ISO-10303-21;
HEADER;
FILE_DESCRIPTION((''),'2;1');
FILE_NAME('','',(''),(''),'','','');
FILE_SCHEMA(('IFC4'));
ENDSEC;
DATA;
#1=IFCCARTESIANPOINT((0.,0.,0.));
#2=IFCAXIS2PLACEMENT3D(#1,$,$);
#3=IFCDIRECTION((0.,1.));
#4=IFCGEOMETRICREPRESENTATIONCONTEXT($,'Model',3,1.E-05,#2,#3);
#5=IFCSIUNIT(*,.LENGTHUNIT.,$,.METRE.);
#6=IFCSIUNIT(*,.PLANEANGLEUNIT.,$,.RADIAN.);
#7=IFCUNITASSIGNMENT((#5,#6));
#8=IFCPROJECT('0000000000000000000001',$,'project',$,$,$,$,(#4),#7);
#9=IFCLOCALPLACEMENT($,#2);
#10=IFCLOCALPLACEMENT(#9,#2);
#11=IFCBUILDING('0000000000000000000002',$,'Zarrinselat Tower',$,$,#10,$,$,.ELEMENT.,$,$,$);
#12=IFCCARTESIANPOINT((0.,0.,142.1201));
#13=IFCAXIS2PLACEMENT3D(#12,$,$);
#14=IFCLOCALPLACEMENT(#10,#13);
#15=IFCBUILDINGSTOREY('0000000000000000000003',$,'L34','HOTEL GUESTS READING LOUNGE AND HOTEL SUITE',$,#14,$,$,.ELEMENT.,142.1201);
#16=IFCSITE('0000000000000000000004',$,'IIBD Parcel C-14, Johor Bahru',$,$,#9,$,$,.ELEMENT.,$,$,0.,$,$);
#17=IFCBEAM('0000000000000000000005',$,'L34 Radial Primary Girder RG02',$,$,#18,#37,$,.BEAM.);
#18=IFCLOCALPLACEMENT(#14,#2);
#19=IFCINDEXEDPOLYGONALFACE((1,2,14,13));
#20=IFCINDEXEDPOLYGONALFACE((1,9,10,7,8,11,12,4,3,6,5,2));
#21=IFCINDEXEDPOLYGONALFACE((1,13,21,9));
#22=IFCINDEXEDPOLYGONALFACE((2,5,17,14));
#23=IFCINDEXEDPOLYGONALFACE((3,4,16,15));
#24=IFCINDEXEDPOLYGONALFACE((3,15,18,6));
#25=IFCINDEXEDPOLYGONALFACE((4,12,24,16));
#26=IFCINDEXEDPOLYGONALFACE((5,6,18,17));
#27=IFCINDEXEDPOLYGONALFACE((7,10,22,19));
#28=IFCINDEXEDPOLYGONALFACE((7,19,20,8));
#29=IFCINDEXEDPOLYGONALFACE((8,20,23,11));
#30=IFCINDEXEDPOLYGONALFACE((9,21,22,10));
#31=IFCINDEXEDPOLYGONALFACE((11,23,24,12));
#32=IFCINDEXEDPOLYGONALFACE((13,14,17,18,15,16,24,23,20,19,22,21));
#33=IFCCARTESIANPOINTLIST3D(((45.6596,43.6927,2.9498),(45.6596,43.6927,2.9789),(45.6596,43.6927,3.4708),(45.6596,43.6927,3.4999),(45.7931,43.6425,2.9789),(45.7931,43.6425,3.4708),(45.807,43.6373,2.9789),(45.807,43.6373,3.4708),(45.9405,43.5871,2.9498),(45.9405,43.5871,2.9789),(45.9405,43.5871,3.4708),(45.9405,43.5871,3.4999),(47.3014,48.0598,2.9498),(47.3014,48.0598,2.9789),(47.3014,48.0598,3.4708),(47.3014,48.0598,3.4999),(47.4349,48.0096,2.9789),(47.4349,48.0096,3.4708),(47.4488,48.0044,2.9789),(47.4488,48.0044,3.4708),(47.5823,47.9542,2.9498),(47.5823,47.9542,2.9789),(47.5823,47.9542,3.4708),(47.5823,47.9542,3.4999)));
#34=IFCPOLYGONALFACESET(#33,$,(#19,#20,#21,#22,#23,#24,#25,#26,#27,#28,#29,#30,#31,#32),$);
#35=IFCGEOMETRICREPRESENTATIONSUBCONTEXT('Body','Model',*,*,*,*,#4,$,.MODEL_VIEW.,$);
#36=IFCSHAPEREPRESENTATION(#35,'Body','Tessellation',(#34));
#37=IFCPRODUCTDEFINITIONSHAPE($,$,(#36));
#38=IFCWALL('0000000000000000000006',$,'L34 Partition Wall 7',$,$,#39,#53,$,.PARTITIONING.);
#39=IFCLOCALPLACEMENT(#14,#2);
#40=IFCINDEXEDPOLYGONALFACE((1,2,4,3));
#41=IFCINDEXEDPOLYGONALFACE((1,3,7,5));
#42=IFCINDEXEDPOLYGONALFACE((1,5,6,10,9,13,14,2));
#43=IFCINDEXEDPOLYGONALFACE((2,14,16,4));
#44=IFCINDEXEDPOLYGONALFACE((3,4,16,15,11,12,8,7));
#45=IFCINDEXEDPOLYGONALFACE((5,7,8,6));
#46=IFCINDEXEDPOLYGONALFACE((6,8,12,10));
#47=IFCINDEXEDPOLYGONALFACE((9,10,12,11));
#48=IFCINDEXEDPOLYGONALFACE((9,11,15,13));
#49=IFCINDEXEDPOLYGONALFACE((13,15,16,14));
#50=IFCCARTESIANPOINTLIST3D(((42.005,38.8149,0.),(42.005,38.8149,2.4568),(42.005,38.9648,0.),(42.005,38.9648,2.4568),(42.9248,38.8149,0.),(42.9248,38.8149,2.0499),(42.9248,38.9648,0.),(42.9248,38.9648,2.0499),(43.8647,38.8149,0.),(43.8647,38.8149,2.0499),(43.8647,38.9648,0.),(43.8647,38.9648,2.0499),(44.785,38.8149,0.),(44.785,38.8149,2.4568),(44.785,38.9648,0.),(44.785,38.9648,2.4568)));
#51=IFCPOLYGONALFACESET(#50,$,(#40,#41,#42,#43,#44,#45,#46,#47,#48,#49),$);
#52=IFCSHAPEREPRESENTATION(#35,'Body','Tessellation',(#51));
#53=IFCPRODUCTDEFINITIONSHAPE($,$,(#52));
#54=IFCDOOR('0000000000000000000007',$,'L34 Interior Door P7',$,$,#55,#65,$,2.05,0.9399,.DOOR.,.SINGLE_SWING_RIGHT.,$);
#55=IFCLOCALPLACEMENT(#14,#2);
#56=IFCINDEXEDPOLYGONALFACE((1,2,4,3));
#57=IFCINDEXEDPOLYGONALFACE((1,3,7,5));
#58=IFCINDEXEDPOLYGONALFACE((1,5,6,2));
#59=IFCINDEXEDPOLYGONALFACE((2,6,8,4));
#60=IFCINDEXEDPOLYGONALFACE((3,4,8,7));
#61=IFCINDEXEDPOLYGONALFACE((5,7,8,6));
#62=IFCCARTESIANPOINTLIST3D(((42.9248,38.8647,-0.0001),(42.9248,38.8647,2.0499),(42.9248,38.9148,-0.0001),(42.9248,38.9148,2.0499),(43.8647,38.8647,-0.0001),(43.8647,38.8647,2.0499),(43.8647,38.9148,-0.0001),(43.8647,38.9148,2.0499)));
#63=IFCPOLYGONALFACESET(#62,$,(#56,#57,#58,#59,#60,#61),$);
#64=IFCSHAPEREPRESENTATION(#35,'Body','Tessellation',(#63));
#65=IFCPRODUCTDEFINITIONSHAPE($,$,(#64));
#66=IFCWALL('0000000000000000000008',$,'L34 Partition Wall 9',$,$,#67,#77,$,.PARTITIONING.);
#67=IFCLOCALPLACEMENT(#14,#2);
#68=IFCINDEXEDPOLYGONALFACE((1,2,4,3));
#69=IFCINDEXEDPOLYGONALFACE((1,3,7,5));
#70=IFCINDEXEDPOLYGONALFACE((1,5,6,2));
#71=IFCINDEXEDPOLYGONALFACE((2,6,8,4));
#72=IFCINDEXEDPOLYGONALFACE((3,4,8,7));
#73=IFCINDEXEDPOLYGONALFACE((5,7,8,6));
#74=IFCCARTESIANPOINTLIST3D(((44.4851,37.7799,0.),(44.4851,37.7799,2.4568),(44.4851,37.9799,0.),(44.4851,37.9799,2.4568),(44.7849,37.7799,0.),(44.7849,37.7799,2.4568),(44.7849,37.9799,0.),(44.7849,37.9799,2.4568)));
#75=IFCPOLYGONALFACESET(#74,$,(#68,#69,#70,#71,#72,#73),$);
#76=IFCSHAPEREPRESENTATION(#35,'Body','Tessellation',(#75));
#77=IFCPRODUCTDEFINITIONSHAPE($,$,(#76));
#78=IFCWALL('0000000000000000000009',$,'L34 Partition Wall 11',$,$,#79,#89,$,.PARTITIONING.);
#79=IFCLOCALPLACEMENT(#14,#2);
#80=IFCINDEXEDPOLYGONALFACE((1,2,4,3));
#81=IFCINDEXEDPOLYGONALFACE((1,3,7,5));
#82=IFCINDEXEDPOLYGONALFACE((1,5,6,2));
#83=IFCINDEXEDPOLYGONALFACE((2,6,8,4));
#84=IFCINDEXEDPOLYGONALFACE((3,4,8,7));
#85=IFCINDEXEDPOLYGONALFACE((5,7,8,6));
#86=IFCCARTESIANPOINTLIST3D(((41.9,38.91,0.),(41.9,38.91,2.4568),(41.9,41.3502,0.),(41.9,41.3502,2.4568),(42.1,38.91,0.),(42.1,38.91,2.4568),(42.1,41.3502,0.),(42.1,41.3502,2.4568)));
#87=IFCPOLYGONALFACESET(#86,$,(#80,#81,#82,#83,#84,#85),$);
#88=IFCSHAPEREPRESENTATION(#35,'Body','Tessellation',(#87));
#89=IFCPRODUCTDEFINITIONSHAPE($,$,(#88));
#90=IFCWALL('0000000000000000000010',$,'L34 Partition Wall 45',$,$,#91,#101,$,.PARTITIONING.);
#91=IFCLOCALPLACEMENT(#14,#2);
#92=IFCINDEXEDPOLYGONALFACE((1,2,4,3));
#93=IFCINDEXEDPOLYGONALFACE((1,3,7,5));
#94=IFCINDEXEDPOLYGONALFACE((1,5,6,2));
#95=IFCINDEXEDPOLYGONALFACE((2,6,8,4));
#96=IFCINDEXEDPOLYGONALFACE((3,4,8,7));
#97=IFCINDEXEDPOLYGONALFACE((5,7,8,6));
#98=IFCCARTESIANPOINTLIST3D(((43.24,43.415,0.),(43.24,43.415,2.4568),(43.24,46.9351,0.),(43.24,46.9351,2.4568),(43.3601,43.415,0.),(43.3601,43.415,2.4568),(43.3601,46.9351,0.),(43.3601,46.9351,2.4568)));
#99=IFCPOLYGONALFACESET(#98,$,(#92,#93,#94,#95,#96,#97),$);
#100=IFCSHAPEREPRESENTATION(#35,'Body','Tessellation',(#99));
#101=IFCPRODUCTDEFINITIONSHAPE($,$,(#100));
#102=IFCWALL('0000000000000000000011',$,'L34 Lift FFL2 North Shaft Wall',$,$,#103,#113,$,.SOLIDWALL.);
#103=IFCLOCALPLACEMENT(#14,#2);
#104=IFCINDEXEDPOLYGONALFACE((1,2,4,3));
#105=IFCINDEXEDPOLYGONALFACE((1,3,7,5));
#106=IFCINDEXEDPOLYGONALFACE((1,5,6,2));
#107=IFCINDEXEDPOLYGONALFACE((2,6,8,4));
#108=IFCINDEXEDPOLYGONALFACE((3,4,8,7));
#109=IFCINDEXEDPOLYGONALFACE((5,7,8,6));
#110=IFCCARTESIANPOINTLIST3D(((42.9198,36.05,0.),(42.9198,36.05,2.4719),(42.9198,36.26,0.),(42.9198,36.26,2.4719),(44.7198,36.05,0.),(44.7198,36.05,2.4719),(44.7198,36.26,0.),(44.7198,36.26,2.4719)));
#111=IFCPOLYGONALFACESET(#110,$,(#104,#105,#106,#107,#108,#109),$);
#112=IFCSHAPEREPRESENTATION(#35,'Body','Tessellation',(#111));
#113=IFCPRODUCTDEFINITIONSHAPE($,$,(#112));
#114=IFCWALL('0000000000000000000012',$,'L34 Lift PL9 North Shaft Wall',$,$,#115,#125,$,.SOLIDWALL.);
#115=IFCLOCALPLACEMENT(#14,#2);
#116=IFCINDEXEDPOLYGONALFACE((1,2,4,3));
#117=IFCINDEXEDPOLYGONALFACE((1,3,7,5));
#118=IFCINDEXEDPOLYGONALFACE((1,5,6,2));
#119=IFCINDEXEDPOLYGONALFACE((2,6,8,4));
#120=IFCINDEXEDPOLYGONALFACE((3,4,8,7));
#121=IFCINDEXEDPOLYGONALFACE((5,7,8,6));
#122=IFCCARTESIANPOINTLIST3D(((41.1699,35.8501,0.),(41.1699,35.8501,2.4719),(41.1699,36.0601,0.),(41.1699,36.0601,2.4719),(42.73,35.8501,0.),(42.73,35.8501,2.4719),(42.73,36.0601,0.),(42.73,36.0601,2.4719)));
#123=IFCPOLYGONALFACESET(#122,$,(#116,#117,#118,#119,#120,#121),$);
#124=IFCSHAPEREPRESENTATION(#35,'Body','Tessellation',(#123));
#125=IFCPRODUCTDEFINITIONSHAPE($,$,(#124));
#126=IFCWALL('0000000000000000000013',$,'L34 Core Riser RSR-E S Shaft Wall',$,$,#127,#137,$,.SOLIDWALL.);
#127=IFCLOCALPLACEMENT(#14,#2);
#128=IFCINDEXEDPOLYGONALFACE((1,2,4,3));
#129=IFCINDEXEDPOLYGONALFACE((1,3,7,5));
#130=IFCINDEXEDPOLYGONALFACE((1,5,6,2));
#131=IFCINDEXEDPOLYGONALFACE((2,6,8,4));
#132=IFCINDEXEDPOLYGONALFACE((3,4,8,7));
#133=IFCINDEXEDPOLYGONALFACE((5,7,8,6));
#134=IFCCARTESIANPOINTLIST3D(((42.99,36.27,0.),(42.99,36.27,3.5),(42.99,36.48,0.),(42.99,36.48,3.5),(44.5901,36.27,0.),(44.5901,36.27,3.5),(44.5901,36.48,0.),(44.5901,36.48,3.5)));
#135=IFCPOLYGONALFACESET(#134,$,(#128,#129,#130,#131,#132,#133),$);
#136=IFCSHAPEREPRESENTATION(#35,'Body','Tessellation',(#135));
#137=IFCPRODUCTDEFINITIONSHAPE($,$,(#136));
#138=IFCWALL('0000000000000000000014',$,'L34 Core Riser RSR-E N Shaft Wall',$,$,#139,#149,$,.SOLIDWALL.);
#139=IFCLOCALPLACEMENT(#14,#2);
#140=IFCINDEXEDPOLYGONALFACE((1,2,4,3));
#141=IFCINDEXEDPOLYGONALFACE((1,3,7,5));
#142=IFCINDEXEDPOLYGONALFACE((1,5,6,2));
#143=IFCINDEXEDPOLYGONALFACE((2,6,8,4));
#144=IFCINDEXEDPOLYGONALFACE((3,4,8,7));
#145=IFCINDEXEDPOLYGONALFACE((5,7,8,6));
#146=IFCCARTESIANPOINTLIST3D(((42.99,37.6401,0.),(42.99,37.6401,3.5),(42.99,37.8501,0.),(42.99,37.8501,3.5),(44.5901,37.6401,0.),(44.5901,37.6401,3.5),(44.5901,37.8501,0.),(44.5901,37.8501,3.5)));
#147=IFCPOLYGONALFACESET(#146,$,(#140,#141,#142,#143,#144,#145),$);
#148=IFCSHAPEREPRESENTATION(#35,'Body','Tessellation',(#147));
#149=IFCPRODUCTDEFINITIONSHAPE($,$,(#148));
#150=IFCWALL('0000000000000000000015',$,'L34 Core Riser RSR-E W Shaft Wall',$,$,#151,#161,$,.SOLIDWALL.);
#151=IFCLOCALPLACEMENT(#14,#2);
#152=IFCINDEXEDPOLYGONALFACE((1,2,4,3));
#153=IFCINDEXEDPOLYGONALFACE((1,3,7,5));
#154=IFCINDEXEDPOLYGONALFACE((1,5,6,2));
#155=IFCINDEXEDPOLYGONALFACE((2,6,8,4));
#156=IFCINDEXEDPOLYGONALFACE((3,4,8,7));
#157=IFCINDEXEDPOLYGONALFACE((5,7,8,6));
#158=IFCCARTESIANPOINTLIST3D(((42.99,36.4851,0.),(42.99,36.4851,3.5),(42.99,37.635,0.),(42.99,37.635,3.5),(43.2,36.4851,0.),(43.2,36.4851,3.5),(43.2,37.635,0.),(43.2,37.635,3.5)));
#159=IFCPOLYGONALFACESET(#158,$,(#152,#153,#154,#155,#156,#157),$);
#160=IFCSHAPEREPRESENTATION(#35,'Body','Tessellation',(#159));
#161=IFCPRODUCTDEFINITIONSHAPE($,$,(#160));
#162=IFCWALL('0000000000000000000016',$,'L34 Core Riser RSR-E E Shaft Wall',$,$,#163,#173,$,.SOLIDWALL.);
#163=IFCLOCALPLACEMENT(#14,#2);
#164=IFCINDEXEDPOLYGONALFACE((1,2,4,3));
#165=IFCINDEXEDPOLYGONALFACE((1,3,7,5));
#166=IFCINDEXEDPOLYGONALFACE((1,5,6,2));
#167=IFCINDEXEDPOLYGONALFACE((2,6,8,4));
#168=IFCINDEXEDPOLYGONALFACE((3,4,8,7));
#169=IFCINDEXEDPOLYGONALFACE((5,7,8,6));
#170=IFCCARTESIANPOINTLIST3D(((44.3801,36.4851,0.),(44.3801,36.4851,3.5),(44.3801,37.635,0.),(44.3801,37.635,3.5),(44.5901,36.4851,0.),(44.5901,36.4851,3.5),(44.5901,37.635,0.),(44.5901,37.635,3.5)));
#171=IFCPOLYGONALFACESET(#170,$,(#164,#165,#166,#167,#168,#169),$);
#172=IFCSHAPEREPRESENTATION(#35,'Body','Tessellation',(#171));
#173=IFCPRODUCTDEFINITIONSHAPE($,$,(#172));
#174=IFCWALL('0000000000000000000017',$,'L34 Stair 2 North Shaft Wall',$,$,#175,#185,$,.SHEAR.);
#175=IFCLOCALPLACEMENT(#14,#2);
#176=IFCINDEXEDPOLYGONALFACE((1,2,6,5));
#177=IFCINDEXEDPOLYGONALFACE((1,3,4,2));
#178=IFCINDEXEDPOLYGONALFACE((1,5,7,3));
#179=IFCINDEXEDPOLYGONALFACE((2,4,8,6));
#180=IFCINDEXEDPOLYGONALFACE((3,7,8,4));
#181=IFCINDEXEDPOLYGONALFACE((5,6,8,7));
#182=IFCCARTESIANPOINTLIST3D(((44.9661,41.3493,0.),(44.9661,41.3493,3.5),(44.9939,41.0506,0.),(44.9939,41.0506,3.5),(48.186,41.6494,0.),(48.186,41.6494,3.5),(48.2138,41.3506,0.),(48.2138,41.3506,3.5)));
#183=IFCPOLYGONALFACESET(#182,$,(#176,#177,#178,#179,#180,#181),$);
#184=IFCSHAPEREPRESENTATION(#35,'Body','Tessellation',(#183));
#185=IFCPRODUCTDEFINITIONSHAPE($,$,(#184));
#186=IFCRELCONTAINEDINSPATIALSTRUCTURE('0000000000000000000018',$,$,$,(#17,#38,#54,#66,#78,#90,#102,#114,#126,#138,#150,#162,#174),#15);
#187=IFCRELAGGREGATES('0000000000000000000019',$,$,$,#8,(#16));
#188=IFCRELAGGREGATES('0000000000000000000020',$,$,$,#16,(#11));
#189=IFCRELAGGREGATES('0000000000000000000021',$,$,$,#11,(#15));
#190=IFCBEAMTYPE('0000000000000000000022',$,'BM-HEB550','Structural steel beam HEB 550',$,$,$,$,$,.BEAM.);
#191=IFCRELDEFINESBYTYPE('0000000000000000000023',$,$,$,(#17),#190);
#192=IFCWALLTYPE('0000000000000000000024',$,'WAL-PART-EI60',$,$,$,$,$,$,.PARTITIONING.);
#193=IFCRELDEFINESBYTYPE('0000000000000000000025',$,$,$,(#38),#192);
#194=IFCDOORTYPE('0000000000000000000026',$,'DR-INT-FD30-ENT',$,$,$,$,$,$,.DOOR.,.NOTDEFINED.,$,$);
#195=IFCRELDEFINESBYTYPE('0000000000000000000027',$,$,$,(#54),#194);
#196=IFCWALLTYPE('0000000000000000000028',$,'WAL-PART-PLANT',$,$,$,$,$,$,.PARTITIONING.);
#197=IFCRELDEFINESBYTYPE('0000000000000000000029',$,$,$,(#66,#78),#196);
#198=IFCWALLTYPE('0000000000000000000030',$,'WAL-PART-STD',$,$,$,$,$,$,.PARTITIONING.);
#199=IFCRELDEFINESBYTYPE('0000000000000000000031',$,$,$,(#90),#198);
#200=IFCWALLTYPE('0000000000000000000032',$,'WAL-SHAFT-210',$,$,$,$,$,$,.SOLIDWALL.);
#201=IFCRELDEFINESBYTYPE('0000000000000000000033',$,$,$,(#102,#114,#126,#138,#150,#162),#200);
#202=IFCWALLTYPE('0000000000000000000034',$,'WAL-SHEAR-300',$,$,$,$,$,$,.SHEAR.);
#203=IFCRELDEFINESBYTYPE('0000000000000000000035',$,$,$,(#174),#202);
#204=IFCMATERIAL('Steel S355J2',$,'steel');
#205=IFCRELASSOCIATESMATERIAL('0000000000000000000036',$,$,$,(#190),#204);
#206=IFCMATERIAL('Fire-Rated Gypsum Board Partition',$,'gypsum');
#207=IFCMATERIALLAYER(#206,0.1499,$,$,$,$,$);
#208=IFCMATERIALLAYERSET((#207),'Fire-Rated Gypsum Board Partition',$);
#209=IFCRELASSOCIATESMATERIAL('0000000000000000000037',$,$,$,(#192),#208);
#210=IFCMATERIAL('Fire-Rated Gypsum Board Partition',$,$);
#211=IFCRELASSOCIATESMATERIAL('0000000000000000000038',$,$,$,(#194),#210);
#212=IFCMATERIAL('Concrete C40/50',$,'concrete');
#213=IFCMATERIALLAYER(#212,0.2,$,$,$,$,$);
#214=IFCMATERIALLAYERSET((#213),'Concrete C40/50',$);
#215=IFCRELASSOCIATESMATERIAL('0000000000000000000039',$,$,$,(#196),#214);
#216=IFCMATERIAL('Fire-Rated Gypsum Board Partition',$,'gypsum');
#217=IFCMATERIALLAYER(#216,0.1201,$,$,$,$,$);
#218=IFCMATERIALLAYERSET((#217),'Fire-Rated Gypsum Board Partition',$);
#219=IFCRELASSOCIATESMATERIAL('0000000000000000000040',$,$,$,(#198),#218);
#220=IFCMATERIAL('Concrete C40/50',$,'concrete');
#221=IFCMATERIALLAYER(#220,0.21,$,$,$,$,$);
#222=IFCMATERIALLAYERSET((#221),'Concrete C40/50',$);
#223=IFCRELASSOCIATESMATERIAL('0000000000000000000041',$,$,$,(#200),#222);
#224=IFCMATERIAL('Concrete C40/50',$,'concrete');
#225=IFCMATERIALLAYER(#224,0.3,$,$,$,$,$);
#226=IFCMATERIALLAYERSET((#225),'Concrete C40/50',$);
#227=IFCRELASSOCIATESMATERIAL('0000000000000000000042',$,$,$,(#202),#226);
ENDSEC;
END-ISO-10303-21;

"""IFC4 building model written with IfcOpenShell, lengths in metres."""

from ifc_helpers import new_model, si_unit, direction, frame, frame_2d, origin, origin_2d, place, context, subcontext, project, spatial, rectangle, i_section, extrude, material, layer, layer_set, material_profile, profile_set, type_object, element, fill, save


model = new_model("IFC4")

# Units and contexts
model_context = context("Model", 3, precision=1e-05, world=origin(), true_north=direction((0.0, 1.0)))
body_context = subcontext(model_context, "Body", "Model", "MODEL_VIEW")
ifc_project = project(units=[si_unit("LENGTHUNIT", "METRE"), si_unit("PLANEANGLEUNIT", "RADIAN")], contexts=[model_context])

# Site, building, storey
site_placement = place(None, origin())
site = spatial("IfcSite", under=ifc_project, at=site_placement, Name="IIBD Parcel C-14, Johor Bahru", CompositionType="ELEMENT", RefElevation=0.0)
building_placement = place(site_placement, origin())
building = spatial("IfcBuilding", under=site, at=building_placement, Name="Zarrinselat Tower", CompositionType="ELEMENT")
storey_placement = place(building_placement, frame((0.0, 0.0, 142.1201)))
storey = spatial("IfcBuildingStorey", under=building, at=storey_placement, Name="L34", Description="HOTEL GUESTS READING LOUNGE AND HOTEL SUITE", CompositionType="ELEMENT", Elevation=142.1201)

# Beam
ifc_material_1 = material(Name="Steel S355J2", Category="steel")
ifc_material_profile = material_profile(ifc_material_1, i_section(OverallWidth=0.3, OverallDepth=0.55, WebThickness=0.0149, FlangeThickness=0.0291, at=origin_2d()), Name="HEB 550")
ifc_profile_set = profile_set([ifc_material_profile], Name="Steel S355J2")
beam_type = type_object("IfcBeamType", Name="BM-HEB550", Description="Structural steel beam HEB 550", PredefinedType="BEAM", material=ifc_profile_set)
beam_placement = place(storey_placement, frame((45.8, 43.6399, 3.2249), z_axis=(0.351903, 0.936036, 0.0), x_axis=(-0.936036, 0.351903, 0.0)))
element("IfcBeam", 1, at=beam_placement, inside=storey, type_object=beam_type, Name="L34 Radial Primary Girder RG02", PredefinedType="BEAM", context=body_context, shape_type="SweptSolid", body=[
    extrude(i_section(OverallWidth=0.3, OverallDepth=0.55, WebThickness=0.0149, FlangeThickness=0.0291, at=origin_2d()), origin(), (0.0, 0.0, 1.0), 4.6655),
])

# Wall, opening, door
ifc_material_2 = material(Name="Fire-Rated Gypsum Board Partition", Category="gypsum")
ifc_layer_1 = layer(ifc_material_2, 0.1499)
ifc_layer_set_1 = layer_set([ifc_layer_1], Name="Fire-Rated Gypsum Board Partition")
wall_type_1 = type_object("IfcWallType", Name="WAL-PART-EI60", PredefinedType="PARTITIONING", material=ifc_layer_set_1)
wall_1_placement = place(storey_placement, frame((42.0049, 38.8899, 0.0), z_axis=(0.0, 0.0, 1.0), x_axis=(1.0, 0.0, 0.0)))
wall_1 = element("IfcWall", 2, at=wall_1_placement, inside=storey, type_object=wall_type_1, Name="L34 Partition Wall 7", PredefinedType="PARTITIONING", context=body_context, shape_type="SweptSolid", body=[
    extrude(rectangle(XDim=2.78, YDim=0.1499, at=frame_2d((1.3901, 0.0))), origin(), (0.0, 0.0, 1.0), 2.4568),
])
opening_placement = place(wall_1_placement, frame((0.9199, 0.0, 0.0)))
opening = element("IfcOpeningElement", 3, at=opening_placement, cuts=wall_1, PredefinedType="OPENING", context=body_context, shape_type="SweptSolid", body=[
    extrude(rectangle(XDim=0.9399, YDim=2.05, at=frame_2d((0.47, 1.0249))), frame((0.0, 0.085, 0.0), z_axis=(0.0, -1.0, 0.0), x_axis=(1.0, 0.0, 0.0)), (0.0, 0.0, 1.0), 0.1699),
])
ifc_material_3 = material(Name="Fire-Rated Gypsum Board Partition")
door_type = type_object("IfcDoorType", Name="DR-INT-FD30-ENT", OperationType="NOTDEFINED", PredefinedType="DOOR", material=ifc_material_3)
door_placement = place(opening_placement, origin())
door = element("IfcDoor", 4, at=door_placement, inside=storey, type_object=door_type, Name="L34 Interior Door P7", OperationType="SINGLE_SWING_RIGHT", OverallHeight=2.05, OverallWidth=0.9399, PredefinedType="DOOR", context=body_context, shape_type="SweptSolid", body=[
    extrude(rectangle(XDim=0.9399, YDim=2.05, at=frame_2d((0.47, 1.0249))), frame((0.0, 0.0249, 0.0), z_axis=(0.0, -1.0, 0.0), x_axis=(1.0, 0.0, 0.0)), (0.0, 0.0, 1.0), 0.05),
])
fill(opening, door)

# Walls
ifc_material_4 = material(Name="Concrete C40/50", Category="concrete")
ifc_layer_2 = layer(ifc_material_4, 0.2)
ifc_layer_set_2 = layer_set([ifc_layer_2], Name="Concrete C40/50")
wall_type_2 = type_object("IfcWallType", Name="WAL-PART-PLANT", PredefinedType="PARTITIONING", material=ifc_layer_set_2)
wall_2_placement = place(storey_placement, frame((44.4851, 37.8799, 0.0), z_axis=(0.0, 0.0, 1.0), x_axis=(1.0, 0.0, 0.0)))
element("IfcWall", 5, at=wall_2_placement, inside=storey, type_object=wall_type_2, Name="L34 Partition Wall 9", PredefinedType="PARTITIONING", context=body_context, shape_type="SweptSolid", body=[
    extrude(rectangle(XDim=0.2998, YDim=0.2, at=frame_2d((0.1499, 0.0))), origin(), (0.0, 0.0, 1.0), 2.4568),
])
wall_3_placement = place(storey_placement, frame((42.0, 38.9099, 0.0), z_axis=(0.0, 0.0, 1.0), x_axis=(0.0, 1.0, 0.0)))
element("IfcWall", 6, at=wall_3_placement, inside=storey, type_object=wall_type_2, Name="L34 Partition Wall 11", PredefinedType="PARTITIONING", context=body_context, shape_type="SweptSolid", body=[
    extrude(rectangle(XDim=2.4402, YDim=0.2, at=frame_2d((1.2202, 0.0))), origin(), (0.0, 0.0, 1.0), 2.4568),
])
ifc_material_5 = material(Name="Fire-Rated Gypsum Board Partition", Category="gypsum")
ifc_layer_3 = layer(ifc_material_5, 0.1201)
ifc_layer_set_3 = layer_set([ifc_layer_3], Name="Fire-Rated Gypsum Board Partition")
wall_type_3 = type_object("IfcWallType", Name="WAL-PART-STD", PredefinedType="PARTITIONING", material=ifc_layer_set_3)
wall_4_placement = place(storey_placement, frame((43.3, 43.415, 0.0), z_axis=(0.0, 0.0, 1.0), x_axis=(0.0, 1.0, 0.0)))
element("IfcWall", 7, at=wall_4_placement, inside=storey, type_object=wall_type_3, Name="L34 Partition Wall 45", PredefinedType="PARTITIONING", context=body_context, shape_type="SweptSolid", body=[
    extrude(rectangle(XDim=3.52, YDim=0.1201, at=frame_2d((1.76, 0.0))), origin(), (0.0, 0.0, 1.0), 2.4568),
])
ifc_material_6 = material(Name="Concrete C40/50", Category="concrete")
ifc_layer_4 = layer(ifc_material_6, 0.21)
ifc_layer_set_4 = layer_set([ifc_layer_4], Name="Concrete C40/50")
wall_type_4 = type_object("IfcWallType", Name="WAL-SHAFT-210", PredefinedType="SOLIDWALL", material=ifc_layer_set_4)
wall_5_placement = place(storey_placement, frame((42.9199, 36.155, 0.0), z_axis=(0.0, 0.0, 1.0), x_axis=(1.0, 0.0, 0.0)))
element("IfcWall", 8, at=wall_5_placement, inside=storey, type_object=wall_type_4, Name="L34 Lift FFL2 North Shaft Wall", PredefinedType="SOLIDWALL", context=body_context, shape_type="SweptSolid", body=[
    extrude(rectangle(XDim=1.8, YDim=0.21, at=frame_2d((0.8999, 0.0))), origin(), (0.0, 0.0, 1.0), 2.4719),
])
wall_6_placement = place(storey_placement, frame((41.1699, 35.9551, 0.0), z_axis=(0.0, 0.0, 1.0), x_axis=(1.0, 0.0, 0.0)))
element("IfcWall", 9, at=wall_6_placement, inside=storey, type_object=wall_type_4, Name="L34 Lift PL9 North Shaft Wall", PredefinedType="SOLIDWALL", context=body_context, shape_type="SweptSolid", body=[
    extrude(rectangle(XDim=1.5601, YDim=0.21, at=frame_2d((0.78, 0.0))), origin(), (0.0, 0.0, 1.0), 2.4719),
])
for number, where, z_axis, x_axis, name in (
    (10, (42.99, 36.375, 0.0), (0.0, 0.0, 1.0), (1.0, 0.0, 0.0), "L34 Core Riser RSR-E S Shaft Wall"),
    (11, (42.99, 37.7451, 0.0), (0.0, 0.0, 1.0), (1.0, 0.0, 0.0), "L34 Core Riser RSR-E N Shaft Wall"),
):
    element("IfcWall", number, at=place(storey_placement, frame(where, z_axis=z_axis, x_axis=x_axis)), inside=storey, type_object=wall_type_4, Name=name, PredefinedType="SOLIDWALL", context=body_context, shape_type="SweptSolid", body=[
        extrude(rectangle(XDim=1.6001, YDim=0.21, at=frame_2d((0.8, 0.0))), origin(), (0.0, 0.0, 1.0), 3.5),
    ])
for number, where, z_axis, x_axis, name in (
    (12, (43.095, 36.4851, 0.0), (0.0, 0.0, 1.0), (0.0, 1.0, 0.0), "L34 Core Riser RSR-E W Shaft Wall"),
    (13, (44.4851, 36.4851, 0.0), (0.0, 0.0, 1.0), (0.0, 1.0, 0.0), "L34 Core Riser RSR-E E Shaft Wall"),
):
    element("IfcWall", number, at=place(storey_placement, frame(where, z_axis=z_axis, x_axis=x_axis)), inside=storey, type_object=wall_type_4, Name=name, PredefinedType="SOLIDWALL", context=body_context, shape_type="SweptSolid", body=[
        extrude(rectangle(XDim=1.1499, YDim=0.21, at=frame_2d((0.575, 0.0))), origin(), (0.0, 0.0, 1.0), 3.5),
    ])
ifc_material_7 = material(Name="Concrete C40/50", Category="concrete")
ifc_layer_5 = layer(ifc_material_7, 0.3)
ifc_layer_set_5 = layer_set([ifc_layer_5], Name="Concrete C40/50")
wall_type_5 = type_object("IfcWallType", Name="WAL-SHEAR-300", PredefinedType="SHEAR", material=ifc_layer_set_5)
wall_7_placement = place(storey_placement, frame((44.98, 41.2, 0.0), z_axis=(0.0, 0.0, 1.0), x_axis=(0.995686, 0.092782, 0.0)))
element("IfcWall", 14, at=wall_7_placement, inside=storey, type_object=wall_type_5, Name="L34 Stair 2 North Shaft Wall", PredefinedType="SHEAR", context=body_context, shape_type="SweptSolid", body=[
    extrude(rectangle(XDim=3.2339, YDim=0.3, at=frame_2d((1.6169, 0.0))), origin(), (0.0, 0.0, 1.0), 3.5),
])

save(model, "model.ifc")
